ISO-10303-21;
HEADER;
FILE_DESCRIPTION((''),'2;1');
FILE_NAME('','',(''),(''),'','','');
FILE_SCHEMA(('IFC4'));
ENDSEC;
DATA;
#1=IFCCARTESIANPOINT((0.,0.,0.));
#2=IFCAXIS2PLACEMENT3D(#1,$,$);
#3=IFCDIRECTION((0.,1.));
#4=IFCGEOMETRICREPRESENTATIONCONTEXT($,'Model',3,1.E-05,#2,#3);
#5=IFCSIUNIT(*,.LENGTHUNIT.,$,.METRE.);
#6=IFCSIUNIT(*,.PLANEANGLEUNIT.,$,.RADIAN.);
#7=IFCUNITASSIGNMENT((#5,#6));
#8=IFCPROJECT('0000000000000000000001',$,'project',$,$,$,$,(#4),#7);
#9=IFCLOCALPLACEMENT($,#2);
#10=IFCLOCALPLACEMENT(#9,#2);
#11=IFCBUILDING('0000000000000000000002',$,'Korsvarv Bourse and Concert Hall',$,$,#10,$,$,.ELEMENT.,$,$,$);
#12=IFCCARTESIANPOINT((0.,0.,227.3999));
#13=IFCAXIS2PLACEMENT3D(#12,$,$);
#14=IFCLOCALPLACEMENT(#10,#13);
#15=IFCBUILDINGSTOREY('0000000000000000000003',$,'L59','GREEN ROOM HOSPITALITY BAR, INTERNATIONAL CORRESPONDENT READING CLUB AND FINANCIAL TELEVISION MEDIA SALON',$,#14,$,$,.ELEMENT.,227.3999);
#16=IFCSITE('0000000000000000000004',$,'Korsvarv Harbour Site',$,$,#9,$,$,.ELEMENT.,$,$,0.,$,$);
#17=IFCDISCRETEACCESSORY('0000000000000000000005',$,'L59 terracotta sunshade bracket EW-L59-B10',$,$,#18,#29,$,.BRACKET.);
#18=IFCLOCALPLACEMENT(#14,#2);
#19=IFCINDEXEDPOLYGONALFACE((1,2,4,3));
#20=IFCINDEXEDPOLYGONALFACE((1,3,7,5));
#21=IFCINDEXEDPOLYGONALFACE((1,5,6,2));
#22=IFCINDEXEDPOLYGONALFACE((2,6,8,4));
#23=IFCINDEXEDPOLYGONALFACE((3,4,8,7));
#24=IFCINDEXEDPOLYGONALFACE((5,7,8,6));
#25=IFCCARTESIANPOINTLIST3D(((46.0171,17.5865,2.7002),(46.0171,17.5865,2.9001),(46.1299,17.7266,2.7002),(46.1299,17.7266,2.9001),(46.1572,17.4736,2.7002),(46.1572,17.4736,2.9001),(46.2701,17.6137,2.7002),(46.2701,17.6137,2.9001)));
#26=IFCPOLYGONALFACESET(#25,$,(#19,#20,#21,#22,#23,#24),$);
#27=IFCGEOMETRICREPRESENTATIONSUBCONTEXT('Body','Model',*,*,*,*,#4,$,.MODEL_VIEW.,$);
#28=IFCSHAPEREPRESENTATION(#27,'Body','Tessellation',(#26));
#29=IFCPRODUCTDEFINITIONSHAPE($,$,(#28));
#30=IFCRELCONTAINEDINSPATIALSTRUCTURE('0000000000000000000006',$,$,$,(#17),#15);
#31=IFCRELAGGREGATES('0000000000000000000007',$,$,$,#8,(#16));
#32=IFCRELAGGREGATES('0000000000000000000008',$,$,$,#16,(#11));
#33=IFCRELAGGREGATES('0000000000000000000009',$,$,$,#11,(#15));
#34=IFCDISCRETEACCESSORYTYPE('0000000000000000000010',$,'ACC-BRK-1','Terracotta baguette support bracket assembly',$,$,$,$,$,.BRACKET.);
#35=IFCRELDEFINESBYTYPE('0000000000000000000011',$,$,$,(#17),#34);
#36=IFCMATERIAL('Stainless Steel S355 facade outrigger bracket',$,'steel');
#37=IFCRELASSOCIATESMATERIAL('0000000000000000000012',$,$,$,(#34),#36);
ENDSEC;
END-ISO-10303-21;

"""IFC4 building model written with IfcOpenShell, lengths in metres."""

from ifc_helpers import new_model, si_unit, direction, frame, origin, origin_2d, place, context, subcontext, project, spatial, rectangle, extrude, source, transform, mapped, material, type_object, element, save


model = new_model("IFC4")

# Units and contexts
model_context = context("Model", 3, precision=1e-05, world=origin(), true_north=direction((0.0, 1.0)))
body_context = subcontext(model_context, "Body", "Model", "MODEL_VIEW")
ifc_project = project(units=[si_unit("LENGTHUNIT", "METRE"), si_unit("PLANEANGLEUNIT", "RADIAN")], contexts=[model_context])

# Site, building, storey
site_placement = place(None, origin())
site = spatial("IfcSite", under=ifc_project, at=site_placement, Name="Korsvarv Harbour Site", CompositionType="ELEMENT", RefElevation=0.0)
building_placement = place(site_placement, origin())
building = spatial("IfcBuilding", under=site, at=building_placement, Name="Korsvarv Bourse and Concert Hall", CompositionType="ELEMENT")
storey_placement = place(building_placement, frame((0.0, 0.0, 227.3999)))
storey = spatial("IfcBuildingStorey", under=building, at=storey_placement, Name="L59", Description="GREEN ROOM HOSPITALITY BAR, INTERNATIONAL CORRESPONDENT READING CLUB AND FINANCIAL TELEVISION MEDIA SALON", CompositionType="ELEMENT", Elevation=227.3999)

# Discrete accessory
ifc_material_1 = material(Name="Stainless Steel S355 facade outrigger bracket", Category="steel")
discrete_accessory_type = type_object("IfcDiscreteAccessoryType", Name="ACC-BRK-1", Description="Terracotta baguette support bracket assembly", PredefinedType="BRACKET", material=ifc_material_1)
shared_shape_1 = source(origin(), body_context, "Body", "SweptSolid", [
    extrude(rectangle(XDim=0.1799, YDim=0.1799, at=origin_2d()), origin(), (0.0, 0.0, 1.0), 0.2),
])
for number, where, z_axis, x_axis, name in (
    (1, (46.1436, 17.6001, 2.7002), (0.0, 0.0, 1.0), (0.62742, 0.778681, 0.0), "L59 terracotta sunshade bracket EW-L59-B10"),
):
    element("IfcDiscreteAccessory", number, at=place(storey_placement, frame(where, z_axis=z_axis, x_axis=x_axis)), inside=storey, type_object=discrete_accessory_type, Name=name, PredefinedType="BRACKET", context=body_context, shape_type="MappedRepresentation", body=[
        mapped(shared_shape_1, transform((0.0, 0.0, 0.0), scale=1.0)),
    ])

save(model, "model.ifc")
